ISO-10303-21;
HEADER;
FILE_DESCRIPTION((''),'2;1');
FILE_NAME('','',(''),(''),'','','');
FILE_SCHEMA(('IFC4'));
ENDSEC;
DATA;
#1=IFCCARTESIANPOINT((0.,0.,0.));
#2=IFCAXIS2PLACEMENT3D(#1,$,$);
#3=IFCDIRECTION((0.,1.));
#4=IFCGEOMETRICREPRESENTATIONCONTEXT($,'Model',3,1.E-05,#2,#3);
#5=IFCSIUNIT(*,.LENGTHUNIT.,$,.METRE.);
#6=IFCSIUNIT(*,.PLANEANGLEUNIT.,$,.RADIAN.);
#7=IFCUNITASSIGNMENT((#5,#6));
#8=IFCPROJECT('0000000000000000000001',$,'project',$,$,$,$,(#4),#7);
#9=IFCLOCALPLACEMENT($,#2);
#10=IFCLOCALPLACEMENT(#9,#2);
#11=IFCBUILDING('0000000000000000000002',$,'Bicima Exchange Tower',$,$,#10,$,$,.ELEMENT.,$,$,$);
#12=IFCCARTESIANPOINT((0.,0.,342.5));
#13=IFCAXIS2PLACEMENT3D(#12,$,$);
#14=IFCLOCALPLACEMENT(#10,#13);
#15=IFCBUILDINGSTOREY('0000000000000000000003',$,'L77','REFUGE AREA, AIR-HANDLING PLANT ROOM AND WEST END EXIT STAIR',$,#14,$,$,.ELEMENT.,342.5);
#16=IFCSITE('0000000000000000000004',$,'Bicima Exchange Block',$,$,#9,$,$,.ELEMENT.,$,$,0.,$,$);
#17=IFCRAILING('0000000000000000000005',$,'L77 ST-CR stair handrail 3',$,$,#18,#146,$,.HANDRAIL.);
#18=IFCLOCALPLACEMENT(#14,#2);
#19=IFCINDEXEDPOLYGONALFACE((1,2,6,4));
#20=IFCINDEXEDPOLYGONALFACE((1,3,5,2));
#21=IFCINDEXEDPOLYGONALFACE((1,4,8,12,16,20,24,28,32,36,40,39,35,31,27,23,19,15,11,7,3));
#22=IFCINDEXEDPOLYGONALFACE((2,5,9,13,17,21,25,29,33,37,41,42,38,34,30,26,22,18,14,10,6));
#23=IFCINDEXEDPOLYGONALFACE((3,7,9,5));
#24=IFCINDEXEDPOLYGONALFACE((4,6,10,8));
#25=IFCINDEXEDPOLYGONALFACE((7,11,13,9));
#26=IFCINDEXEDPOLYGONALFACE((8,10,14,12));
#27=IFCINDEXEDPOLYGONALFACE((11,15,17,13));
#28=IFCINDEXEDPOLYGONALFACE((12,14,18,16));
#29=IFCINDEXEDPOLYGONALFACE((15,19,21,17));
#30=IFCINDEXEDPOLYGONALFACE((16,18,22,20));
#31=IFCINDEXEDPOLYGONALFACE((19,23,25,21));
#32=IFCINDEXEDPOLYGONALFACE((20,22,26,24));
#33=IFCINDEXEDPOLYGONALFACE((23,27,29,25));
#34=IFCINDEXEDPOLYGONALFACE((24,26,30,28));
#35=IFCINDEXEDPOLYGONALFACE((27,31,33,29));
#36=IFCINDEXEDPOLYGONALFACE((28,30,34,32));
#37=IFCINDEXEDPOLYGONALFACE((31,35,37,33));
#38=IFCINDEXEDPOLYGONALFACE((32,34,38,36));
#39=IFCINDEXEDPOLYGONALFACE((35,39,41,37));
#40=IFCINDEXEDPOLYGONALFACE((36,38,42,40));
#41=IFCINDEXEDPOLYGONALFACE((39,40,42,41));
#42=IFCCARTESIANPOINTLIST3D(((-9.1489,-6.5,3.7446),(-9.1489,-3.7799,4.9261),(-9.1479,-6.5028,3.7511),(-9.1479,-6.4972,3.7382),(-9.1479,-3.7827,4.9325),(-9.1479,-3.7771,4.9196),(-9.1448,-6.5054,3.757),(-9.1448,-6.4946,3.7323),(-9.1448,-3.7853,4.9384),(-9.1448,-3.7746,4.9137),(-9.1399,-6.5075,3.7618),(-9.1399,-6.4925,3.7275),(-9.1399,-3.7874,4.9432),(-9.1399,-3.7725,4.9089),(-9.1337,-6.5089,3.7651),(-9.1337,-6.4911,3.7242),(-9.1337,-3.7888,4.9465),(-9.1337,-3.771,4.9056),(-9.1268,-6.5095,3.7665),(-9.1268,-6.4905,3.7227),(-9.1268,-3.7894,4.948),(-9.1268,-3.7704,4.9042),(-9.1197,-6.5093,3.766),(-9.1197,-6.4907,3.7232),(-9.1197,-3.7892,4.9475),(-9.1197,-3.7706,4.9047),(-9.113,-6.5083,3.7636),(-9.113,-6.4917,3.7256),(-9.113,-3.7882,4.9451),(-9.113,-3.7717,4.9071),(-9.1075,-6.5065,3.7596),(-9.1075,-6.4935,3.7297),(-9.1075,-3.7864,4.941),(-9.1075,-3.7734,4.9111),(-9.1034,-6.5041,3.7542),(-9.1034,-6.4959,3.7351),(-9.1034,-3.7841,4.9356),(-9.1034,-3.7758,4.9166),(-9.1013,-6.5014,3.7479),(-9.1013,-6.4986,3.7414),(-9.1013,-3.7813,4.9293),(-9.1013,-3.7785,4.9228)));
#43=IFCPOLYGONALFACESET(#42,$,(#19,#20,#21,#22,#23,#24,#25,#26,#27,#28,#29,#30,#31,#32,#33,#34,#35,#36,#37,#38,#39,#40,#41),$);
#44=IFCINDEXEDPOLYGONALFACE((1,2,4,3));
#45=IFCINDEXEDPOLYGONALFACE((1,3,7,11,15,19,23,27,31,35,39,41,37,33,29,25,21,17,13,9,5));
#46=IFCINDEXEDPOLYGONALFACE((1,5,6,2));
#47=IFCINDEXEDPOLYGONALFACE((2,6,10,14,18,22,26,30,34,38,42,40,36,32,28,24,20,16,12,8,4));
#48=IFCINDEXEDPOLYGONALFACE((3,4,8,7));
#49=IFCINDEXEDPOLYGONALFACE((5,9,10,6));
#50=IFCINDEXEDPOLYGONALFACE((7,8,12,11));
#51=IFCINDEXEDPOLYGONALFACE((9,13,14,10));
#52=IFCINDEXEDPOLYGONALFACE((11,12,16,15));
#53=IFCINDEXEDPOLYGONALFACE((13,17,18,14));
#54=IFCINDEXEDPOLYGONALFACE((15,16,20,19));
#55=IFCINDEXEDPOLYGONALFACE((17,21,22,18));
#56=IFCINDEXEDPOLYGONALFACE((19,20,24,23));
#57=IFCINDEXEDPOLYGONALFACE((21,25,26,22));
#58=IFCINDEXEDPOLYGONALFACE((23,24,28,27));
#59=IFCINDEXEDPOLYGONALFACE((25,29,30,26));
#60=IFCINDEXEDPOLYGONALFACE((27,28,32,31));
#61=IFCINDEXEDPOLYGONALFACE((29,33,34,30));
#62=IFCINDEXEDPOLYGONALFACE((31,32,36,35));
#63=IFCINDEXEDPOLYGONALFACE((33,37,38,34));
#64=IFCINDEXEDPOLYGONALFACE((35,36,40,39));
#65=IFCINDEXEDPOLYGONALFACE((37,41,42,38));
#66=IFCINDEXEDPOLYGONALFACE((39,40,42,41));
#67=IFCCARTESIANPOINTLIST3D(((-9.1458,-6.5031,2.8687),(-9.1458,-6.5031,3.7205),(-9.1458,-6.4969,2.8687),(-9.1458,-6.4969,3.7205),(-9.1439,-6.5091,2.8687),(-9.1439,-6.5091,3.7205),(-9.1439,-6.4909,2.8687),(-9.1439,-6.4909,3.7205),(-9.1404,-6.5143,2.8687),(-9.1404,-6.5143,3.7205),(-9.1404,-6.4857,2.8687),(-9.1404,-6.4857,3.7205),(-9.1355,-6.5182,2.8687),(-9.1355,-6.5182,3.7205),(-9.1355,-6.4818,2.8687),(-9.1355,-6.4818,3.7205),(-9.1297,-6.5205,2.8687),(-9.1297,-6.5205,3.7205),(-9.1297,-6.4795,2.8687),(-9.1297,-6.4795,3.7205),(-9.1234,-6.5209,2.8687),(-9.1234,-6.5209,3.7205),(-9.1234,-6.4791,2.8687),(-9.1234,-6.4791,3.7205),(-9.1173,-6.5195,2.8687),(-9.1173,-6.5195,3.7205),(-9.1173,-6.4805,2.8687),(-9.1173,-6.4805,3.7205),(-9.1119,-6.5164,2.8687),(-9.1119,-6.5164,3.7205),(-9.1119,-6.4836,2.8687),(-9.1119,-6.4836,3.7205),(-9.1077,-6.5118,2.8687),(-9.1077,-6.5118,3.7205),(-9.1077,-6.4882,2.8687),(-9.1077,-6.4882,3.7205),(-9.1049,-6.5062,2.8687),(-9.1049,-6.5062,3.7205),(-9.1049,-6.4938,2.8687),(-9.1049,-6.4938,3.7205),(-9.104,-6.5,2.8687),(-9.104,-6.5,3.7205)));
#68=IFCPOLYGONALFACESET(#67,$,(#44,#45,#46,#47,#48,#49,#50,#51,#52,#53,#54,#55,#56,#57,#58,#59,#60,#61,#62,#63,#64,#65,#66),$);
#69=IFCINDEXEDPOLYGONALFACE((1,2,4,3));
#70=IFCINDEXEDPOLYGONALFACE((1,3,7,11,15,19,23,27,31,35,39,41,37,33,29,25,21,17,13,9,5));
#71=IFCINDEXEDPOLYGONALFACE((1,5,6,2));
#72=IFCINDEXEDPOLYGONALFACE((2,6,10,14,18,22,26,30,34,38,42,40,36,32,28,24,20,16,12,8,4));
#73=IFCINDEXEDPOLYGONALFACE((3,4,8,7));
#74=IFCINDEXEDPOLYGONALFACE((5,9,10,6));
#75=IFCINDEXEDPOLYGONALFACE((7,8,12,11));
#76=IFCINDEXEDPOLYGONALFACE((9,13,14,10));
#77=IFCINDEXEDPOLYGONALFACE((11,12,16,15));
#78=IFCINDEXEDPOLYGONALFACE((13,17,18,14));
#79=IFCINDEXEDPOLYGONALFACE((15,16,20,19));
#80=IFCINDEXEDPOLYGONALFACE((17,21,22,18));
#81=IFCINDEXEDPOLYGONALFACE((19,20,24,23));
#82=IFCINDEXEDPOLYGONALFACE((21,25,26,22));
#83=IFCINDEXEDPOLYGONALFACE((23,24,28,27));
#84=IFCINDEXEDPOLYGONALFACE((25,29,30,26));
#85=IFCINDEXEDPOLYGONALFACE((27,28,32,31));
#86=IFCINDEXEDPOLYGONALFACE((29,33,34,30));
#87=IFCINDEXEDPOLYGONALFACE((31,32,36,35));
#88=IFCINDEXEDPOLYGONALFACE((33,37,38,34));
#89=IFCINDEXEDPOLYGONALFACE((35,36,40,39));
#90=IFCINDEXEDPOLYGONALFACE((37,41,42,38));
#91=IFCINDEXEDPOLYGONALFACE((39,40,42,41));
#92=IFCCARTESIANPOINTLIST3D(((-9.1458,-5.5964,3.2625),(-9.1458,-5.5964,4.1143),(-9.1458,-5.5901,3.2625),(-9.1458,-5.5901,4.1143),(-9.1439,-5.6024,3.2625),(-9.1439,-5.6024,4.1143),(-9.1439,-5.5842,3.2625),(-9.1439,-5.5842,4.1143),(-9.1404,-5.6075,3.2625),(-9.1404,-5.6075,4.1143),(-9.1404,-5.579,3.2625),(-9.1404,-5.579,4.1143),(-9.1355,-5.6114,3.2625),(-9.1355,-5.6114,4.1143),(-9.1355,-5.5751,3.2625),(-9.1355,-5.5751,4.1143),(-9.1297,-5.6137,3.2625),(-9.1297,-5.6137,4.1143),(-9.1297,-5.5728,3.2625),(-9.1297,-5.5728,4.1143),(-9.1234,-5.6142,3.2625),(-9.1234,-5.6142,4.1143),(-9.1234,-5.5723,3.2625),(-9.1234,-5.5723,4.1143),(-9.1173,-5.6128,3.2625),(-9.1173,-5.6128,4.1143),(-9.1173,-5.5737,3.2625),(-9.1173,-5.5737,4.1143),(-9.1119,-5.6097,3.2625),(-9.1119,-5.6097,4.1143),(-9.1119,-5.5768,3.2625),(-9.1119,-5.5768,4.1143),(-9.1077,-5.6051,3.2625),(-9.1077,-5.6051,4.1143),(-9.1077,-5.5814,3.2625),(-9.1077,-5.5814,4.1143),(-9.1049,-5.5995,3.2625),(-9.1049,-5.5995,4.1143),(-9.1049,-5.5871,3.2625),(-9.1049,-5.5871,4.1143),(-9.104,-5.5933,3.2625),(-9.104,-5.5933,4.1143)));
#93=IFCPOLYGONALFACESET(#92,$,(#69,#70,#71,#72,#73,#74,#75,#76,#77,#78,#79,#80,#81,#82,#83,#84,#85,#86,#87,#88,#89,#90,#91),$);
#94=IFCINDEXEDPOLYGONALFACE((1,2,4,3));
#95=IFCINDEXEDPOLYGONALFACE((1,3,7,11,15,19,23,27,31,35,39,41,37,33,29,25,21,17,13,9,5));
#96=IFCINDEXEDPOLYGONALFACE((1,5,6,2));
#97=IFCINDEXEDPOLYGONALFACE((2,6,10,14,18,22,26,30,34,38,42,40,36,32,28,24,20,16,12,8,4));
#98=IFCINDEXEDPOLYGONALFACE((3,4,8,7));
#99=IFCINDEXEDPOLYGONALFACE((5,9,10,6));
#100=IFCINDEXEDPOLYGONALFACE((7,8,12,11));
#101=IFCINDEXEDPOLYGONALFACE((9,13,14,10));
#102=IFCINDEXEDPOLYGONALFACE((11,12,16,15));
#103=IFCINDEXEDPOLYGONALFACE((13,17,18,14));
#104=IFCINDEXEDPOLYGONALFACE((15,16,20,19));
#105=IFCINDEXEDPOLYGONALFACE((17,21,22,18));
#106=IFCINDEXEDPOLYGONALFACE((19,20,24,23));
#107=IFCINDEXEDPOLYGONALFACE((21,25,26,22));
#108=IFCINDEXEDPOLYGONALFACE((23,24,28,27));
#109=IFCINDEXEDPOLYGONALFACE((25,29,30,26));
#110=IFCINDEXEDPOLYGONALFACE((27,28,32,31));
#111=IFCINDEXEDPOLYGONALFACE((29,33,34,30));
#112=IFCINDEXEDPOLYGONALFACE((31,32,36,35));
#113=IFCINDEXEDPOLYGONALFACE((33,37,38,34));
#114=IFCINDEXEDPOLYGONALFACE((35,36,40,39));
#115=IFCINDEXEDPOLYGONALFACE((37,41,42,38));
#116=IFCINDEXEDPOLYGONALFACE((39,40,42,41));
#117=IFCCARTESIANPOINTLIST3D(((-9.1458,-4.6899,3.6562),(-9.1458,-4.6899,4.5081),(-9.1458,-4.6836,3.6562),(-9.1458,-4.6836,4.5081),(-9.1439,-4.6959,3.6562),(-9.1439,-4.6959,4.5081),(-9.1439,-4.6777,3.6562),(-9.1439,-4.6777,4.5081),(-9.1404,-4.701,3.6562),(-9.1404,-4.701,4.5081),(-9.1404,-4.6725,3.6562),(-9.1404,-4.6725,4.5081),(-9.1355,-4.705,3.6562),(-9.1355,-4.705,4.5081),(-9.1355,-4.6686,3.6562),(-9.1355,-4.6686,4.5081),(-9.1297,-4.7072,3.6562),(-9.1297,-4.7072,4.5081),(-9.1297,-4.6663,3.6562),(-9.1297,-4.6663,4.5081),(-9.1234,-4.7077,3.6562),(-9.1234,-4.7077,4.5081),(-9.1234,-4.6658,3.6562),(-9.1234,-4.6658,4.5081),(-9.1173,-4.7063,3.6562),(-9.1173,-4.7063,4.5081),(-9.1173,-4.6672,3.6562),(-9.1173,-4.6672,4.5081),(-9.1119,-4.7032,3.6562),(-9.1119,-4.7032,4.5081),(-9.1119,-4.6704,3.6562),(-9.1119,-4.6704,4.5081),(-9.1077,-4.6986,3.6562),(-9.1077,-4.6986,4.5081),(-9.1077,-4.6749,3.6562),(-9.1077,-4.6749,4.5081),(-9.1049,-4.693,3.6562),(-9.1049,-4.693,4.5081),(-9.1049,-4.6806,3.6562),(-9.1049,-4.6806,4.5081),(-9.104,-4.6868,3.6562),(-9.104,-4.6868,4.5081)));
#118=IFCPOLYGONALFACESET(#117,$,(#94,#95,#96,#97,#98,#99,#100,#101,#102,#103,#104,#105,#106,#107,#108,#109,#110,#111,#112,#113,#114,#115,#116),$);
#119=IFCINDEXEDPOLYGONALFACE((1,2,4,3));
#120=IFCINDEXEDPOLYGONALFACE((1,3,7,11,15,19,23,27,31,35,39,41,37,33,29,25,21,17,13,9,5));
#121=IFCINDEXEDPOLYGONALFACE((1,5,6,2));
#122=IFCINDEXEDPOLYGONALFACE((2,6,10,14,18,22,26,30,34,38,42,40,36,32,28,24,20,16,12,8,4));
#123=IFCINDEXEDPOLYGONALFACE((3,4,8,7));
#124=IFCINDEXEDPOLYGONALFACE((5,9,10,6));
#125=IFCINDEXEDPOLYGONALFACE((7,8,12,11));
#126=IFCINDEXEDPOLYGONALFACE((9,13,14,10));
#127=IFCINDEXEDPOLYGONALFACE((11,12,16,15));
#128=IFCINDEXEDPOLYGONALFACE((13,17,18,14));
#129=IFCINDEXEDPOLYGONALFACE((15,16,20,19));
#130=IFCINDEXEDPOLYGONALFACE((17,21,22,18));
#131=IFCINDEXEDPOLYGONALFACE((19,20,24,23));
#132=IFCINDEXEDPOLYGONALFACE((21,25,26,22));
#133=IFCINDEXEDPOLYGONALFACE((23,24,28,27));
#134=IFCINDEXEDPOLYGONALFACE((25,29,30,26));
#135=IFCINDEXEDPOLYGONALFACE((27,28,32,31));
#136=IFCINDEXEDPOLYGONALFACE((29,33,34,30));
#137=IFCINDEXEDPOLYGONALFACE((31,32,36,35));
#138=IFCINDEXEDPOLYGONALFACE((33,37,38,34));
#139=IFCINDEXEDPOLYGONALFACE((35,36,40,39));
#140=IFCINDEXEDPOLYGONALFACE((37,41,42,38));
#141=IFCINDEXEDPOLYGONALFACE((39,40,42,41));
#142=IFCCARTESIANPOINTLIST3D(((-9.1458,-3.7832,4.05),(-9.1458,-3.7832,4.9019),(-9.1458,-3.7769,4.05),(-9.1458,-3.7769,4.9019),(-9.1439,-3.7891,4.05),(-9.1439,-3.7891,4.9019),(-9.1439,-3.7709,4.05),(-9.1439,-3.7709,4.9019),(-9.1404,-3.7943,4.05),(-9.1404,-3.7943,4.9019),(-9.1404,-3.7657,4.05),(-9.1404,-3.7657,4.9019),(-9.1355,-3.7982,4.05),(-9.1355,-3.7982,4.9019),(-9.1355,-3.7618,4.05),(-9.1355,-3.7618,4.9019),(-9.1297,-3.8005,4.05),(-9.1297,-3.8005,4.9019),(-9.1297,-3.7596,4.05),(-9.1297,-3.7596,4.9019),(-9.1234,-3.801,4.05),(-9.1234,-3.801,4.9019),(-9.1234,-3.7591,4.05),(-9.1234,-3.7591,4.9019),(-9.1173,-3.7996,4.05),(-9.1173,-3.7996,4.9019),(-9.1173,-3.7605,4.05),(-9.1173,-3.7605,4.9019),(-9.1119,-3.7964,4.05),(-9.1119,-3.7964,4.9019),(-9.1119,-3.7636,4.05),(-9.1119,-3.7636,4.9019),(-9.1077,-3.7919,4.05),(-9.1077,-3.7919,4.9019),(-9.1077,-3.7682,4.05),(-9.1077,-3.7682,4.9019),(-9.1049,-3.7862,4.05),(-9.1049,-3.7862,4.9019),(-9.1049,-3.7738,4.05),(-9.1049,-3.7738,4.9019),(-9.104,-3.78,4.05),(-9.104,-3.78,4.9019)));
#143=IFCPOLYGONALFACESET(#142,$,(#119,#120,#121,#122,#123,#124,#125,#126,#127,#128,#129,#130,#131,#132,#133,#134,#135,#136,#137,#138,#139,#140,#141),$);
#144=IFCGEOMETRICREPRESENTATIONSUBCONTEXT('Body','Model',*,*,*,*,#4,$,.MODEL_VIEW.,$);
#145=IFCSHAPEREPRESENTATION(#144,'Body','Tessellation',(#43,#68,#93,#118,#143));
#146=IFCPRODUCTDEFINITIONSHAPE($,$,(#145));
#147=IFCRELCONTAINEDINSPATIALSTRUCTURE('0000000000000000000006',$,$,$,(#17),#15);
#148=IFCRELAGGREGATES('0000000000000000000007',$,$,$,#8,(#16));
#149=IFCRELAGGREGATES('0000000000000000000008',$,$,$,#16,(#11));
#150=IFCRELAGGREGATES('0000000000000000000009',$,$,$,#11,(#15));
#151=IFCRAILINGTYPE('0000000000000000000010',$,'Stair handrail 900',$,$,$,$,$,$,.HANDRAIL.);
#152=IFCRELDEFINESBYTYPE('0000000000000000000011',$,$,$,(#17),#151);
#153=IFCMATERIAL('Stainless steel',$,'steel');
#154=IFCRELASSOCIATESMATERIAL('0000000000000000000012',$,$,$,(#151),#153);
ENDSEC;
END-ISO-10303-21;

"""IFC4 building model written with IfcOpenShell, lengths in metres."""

from ifc_helpers import new_model, si_unit, direction, frame, origin, origin_2d, place, context, subcontext, project, spatial, circle, extrude, material, type_object, element, save


model = new_model("IFC4")

# Units and contexts
model_context = context("Model", 3, precision=1e-05, world=origin(), true_north=direction((0.0, 1.0)))
body_context = subcontext(model_context, "Body", "Model", "MODEL_VIEW")
ifc_project = project(units=[si_unit("LENGTHUNIT", "METRE"), si_unit("PLANEANGLEUNIT", "RADIAN")], contexts=[model_context])

# Site, building, storey
site_placement = place(None, origin())
site = spatial("IfcSite", under=ifc_project, at=site_placement, Name="Bicima Exchange Block", CompositionType="ELEMENT", RefElevation=0.0)
building_placement = place(site_placement, origin())
building = spatial("IfcBuilding", under=site, at=building_placement, Name="Bicima Exchange Tower", CompositionType="ELEMENT")
storey_placement = place(building_placement, frame((0.0, 0.0, 342.5)))
storey = spatial("IfcBuildingStorey", under=building, at=storey_placement, Name="L77", Description="REFUGE AREA, AIR-HANDLING PLANT ROOM AND WEST END EXIT STAIR", CompositionType="ELEMENT", Elevation=342.5)

# Railing
ifc_material_1 = material(Name="Stainless steel", Category="steel")
railing_type_1 = type_object("IfcRailingType", Name="Stair handrail 900", PredefinedType="HANDRAIL", material=ifc_material_1)
railing_1_placement = place(storey_placement, frame((-9.125, -6.5, 2.8687)))
element("IfcRailing", 1, at=railing_1_placement, inside=storey, type_object=railing_type_1, Name="L77 ST-CR stair handrail 3", PredefinedType="HANDRAIL", context=body_context, shape_type="SweptSolid", body=[
    extrude(circle(Radius=0.0239, at=origin_2d()), frame((0.0, 0.0, 0.876), z_axis=(0.0, 0.917218, 0.398386), x_axis=(-1.0, 0.0, 0.0)), (0.0, 0.0, 1.0), 2.9656),
    extrude(circle(Radius=0.021, at=origin_2d()), origin(), (0.0, 0.0, 1.0), 0.8518),
    extrude(circle(Radius=0.021, at=origin_2d()), frame((0.0, 0.9067, 0.3938)), (0.0, 0.0, 1.0), 0.8518),
    extrude(circle(Radius=0.021, at=origin_2d()), frame((0.0, 1.8132, 0.7876)), (0.0, 0.0, 1.0), 0.8518),
    extrude(circle(Radius=0.021, at=origin_2d()), frame((0.0, 2.72, 1.1814)), (0.0, 0.0, 1.0), 0.8518),
])

save(model, "model.ifc")
